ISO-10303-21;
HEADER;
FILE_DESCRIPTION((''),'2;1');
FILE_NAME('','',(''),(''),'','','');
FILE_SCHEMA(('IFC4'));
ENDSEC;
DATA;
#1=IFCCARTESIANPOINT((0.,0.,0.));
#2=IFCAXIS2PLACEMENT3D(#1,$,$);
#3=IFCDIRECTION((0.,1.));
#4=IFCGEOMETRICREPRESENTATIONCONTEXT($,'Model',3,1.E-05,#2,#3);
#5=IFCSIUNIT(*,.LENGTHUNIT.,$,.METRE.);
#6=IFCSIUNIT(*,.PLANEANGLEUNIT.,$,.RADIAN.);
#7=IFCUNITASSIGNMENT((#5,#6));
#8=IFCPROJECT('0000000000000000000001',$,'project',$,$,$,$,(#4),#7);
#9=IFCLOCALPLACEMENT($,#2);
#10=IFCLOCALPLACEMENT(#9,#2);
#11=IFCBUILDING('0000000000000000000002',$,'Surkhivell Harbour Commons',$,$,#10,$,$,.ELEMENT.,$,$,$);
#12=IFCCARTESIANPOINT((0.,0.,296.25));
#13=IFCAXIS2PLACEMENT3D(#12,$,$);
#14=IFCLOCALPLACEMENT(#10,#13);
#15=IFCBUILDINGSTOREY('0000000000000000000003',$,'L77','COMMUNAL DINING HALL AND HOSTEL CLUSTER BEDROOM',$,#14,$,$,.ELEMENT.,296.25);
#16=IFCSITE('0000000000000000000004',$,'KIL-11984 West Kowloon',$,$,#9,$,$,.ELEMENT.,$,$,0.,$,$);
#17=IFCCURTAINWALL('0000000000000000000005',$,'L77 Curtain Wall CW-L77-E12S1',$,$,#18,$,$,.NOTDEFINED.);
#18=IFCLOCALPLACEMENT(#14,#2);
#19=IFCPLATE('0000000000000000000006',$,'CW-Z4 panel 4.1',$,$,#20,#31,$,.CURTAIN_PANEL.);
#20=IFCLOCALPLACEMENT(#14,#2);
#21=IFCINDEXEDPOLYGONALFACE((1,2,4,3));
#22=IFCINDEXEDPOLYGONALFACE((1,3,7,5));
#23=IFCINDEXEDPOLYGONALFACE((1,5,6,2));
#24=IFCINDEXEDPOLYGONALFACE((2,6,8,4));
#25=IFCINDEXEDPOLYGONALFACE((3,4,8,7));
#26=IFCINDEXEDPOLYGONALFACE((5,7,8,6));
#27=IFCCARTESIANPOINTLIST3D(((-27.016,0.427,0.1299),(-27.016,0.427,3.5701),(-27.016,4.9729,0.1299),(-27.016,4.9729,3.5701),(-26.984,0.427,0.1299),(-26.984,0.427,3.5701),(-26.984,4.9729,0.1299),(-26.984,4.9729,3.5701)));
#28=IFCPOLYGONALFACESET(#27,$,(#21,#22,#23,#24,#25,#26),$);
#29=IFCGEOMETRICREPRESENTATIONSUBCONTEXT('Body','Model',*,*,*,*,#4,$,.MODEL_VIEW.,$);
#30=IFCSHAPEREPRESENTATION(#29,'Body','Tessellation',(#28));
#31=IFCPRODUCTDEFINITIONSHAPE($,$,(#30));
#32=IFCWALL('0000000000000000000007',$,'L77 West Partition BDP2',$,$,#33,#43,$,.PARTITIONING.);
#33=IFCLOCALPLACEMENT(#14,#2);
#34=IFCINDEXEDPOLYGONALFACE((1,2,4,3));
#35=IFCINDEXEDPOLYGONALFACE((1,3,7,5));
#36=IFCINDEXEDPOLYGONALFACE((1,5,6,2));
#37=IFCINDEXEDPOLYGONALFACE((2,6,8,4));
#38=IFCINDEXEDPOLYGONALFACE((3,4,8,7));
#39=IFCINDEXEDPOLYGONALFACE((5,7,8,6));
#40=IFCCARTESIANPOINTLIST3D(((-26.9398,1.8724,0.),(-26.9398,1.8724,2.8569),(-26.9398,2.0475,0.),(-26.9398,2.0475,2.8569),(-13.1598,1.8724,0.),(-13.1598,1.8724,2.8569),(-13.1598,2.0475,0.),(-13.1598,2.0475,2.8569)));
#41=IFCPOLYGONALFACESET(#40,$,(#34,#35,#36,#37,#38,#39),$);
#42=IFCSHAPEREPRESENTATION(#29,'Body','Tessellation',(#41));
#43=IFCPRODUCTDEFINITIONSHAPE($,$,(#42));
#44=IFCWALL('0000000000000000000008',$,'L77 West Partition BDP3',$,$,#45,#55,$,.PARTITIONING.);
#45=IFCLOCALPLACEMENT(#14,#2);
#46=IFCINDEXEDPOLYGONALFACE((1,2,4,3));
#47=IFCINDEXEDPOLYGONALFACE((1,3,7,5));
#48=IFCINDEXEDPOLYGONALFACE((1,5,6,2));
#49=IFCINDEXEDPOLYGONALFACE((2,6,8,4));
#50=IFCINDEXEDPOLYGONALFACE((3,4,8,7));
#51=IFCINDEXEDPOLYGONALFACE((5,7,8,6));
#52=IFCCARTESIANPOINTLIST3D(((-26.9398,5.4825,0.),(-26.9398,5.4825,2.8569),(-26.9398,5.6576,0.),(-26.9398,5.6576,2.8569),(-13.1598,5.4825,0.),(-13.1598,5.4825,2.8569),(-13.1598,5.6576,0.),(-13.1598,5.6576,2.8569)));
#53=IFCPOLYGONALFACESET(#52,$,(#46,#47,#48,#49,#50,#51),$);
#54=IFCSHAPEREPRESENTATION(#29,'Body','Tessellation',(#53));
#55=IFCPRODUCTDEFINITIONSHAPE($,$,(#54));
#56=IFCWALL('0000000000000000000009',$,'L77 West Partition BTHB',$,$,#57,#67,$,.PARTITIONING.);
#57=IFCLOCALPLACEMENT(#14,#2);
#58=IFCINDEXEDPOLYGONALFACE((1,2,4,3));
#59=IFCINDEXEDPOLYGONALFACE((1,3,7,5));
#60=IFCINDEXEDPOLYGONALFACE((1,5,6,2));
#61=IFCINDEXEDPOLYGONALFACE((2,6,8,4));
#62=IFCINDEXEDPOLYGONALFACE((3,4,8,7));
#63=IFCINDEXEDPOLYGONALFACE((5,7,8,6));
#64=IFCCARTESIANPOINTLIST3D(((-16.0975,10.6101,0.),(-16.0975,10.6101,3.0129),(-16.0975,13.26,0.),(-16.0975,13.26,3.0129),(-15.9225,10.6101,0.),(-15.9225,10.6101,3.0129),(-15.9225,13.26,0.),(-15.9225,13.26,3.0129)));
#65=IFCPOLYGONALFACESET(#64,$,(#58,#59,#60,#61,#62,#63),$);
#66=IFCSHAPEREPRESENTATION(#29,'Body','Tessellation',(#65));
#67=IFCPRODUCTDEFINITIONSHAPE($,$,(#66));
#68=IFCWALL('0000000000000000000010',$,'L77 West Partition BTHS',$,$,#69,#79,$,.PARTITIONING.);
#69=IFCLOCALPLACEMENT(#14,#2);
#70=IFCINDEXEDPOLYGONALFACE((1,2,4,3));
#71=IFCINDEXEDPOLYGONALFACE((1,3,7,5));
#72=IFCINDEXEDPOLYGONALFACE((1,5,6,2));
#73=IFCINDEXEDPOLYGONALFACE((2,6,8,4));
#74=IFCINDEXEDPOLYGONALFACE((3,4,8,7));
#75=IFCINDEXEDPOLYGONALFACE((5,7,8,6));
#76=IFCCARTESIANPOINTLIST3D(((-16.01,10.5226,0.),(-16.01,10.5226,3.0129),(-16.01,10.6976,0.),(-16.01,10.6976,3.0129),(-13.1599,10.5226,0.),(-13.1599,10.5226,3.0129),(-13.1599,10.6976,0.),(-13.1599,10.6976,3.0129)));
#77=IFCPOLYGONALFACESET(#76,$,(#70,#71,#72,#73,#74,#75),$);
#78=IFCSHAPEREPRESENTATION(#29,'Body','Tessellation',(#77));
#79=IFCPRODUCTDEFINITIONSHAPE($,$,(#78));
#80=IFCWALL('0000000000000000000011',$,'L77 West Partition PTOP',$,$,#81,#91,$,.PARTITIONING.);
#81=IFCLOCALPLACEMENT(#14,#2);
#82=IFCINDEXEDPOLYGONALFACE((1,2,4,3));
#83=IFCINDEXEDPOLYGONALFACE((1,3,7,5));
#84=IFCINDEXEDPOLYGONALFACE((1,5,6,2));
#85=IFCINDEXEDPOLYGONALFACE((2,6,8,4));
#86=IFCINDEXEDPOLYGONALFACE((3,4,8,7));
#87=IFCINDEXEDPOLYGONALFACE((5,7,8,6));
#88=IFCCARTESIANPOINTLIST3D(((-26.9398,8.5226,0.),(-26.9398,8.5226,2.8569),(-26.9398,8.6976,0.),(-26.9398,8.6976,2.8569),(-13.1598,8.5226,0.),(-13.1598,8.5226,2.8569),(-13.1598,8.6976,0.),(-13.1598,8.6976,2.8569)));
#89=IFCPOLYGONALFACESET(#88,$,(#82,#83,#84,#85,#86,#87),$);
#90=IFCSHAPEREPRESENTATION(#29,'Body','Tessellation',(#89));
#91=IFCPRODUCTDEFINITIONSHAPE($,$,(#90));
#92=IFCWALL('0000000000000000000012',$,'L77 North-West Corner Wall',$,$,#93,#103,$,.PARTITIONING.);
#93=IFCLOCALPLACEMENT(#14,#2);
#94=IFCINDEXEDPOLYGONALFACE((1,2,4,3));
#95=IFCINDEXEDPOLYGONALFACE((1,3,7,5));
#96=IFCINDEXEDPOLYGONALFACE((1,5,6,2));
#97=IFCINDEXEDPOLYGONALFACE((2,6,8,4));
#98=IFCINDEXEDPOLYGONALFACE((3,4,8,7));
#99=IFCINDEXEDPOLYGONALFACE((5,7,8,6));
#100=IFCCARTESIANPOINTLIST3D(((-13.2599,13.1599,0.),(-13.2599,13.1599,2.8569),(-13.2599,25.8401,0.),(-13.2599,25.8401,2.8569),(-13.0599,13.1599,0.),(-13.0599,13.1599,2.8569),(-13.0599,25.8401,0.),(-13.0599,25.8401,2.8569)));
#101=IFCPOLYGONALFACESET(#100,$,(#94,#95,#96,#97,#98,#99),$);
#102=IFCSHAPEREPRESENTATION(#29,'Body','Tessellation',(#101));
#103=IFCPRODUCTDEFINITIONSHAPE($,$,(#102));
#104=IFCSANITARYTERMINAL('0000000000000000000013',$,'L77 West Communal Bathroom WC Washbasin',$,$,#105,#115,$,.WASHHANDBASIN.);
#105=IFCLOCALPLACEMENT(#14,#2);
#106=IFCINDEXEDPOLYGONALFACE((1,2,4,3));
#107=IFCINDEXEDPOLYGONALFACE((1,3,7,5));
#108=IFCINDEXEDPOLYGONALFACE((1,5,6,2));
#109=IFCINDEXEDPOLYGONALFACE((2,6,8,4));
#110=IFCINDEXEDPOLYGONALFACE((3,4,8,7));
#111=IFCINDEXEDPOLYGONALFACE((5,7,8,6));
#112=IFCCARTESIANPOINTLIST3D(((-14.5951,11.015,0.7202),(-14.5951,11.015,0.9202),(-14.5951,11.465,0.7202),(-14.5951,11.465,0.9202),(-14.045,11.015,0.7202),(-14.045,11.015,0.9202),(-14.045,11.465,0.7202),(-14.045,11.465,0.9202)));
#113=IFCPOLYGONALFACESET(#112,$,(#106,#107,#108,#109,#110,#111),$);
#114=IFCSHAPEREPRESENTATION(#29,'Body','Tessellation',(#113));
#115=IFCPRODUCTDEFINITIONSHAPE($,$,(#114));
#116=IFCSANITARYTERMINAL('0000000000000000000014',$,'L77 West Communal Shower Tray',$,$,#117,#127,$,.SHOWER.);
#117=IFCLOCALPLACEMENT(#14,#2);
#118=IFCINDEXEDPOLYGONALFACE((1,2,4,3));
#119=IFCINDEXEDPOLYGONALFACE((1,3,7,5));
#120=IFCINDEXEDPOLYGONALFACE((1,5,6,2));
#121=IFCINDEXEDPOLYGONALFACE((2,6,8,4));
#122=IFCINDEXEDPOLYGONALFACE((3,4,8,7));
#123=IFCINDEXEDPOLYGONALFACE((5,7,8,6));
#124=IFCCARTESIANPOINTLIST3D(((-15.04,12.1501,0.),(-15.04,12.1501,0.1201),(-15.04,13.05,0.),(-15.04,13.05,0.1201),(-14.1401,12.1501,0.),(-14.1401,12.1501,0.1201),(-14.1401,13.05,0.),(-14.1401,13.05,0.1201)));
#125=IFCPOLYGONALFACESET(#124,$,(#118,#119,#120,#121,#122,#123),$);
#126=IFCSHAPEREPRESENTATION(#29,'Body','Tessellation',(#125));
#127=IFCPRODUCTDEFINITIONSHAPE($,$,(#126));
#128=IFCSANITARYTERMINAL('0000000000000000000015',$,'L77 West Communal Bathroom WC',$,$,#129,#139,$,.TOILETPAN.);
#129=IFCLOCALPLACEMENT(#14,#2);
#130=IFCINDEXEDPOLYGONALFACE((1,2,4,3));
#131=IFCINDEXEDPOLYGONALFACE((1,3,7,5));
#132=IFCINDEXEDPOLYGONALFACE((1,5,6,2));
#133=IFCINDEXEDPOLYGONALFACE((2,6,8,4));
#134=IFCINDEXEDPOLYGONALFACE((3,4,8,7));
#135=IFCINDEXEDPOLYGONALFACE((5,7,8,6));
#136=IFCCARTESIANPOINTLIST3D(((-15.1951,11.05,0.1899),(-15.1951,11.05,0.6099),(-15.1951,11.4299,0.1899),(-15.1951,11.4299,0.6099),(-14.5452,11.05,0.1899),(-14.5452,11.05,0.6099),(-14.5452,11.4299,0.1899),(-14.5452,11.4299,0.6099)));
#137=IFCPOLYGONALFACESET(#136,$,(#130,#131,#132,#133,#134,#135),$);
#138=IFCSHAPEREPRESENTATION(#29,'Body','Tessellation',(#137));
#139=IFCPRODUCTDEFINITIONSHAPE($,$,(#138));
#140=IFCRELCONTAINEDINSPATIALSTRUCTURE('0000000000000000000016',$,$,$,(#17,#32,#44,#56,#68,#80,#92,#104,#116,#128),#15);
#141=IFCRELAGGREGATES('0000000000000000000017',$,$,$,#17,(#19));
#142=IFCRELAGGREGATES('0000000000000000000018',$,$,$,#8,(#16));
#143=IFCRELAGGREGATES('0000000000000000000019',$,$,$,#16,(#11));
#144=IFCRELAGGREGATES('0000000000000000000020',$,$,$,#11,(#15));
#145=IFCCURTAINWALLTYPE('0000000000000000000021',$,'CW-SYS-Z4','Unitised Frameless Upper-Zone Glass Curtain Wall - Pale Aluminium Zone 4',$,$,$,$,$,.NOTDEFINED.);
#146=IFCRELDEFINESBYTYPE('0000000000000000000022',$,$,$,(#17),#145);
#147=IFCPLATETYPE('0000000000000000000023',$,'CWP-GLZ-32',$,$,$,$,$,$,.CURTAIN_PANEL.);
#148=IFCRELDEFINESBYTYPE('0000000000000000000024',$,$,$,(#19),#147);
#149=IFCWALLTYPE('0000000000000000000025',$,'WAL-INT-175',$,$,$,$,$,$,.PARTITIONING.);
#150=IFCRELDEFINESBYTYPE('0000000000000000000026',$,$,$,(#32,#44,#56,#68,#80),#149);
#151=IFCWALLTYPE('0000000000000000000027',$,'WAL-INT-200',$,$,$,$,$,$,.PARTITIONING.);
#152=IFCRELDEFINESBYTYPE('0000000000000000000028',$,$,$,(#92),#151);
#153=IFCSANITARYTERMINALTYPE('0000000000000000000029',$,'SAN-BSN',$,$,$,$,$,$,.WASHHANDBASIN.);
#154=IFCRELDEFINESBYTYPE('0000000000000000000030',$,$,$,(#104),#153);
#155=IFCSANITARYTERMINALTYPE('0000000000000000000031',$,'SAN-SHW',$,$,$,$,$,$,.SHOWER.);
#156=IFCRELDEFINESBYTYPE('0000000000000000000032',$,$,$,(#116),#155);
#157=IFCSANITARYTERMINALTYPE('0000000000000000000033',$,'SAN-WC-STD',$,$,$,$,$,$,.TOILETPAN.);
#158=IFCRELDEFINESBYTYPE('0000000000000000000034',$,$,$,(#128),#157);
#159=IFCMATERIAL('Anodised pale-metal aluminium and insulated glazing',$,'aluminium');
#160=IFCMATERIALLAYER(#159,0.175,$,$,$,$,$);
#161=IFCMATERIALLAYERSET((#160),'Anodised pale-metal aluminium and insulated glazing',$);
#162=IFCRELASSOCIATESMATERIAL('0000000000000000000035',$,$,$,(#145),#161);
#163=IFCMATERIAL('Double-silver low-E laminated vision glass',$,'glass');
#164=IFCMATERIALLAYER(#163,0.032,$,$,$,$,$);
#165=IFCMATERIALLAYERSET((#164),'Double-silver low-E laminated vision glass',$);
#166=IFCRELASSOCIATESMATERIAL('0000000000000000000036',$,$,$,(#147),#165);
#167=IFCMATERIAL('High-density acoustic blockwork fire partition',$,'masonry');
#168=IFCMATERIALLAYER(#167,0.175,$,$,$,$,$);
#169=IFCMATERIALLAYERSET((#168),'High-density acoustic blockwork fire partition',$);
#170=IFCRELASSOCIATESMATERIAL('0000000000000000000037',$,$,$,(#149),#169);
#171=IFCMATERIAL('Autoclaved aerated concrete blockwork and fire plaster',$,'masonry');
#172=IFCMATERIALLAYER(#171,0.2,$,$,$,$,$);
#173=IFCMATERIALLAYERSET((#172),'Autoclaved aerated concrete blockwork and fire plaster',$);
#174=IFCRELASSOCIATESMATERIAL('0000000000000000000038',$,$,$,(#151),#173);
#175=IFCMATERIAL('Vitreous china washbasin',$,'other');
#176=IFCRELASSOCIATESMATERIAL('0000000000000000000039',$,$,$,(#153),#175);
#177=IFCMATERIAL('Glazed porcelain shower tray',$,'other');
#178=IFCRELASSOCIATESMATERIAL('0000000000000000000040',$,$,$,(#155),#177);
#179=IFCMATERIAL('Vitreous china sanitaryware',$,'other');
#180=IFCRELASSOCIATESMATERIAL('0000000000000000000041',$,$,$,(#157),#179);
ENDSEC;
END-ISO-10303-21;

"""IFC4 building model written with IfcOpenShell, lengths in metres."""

from ifc_helpers import new_model, si_unit, direction, frame, frame_2d, origin, origin_2d, place, context, subcontext, project, spatial, rectangle, extrude, material, layer, layer_set, type_object, element, aggregate, save


model = new_model("IFC4")

# Units and contexts
model_context = context("Model", 3, precision=1e-05, world=origin(), true_north=direction((0.0, 1.0)))
body_context = subcontext(model_context, "Body", "Model", "MODEL_VIEW")
ifc_project = project(units=[si_unit("LENGTHUNIT", "METRE"), si_unit("PLANEANGLEUNIT", "RADIAN")], contexts=[model_context])

# Site, building, storey
site_placement = place(None, origin())
site = spatial("IfcSite", under=ifc_project, at=site_placement, Name="KIL-11984 West Kowloon", CompositionType="ELEMENT", RefElevation=0.0)
building_placement = place(site_placement, origin())
building = spatial("IfcBuilding", under=site, at=building_placement, Name="Surkhivell Harbour Commons", CompositionType="ELEMENT")
storey_placement = place(building_placement, frame((0.0, 0.0, 296.25)))
storey = spatial("IfcBuildingStorey", under=building, at=storey_placement, Name="L77", Description="COMMUNAL DINING HALL AND HOSTEL CLUSTER BEDROOM", CompositionType="ELEMENT", Elevation=296.25)

# Curtain wall, plate
ifc_material_1 = material(Name="Anodised pale-metal aluminium and insulated glazing", Category="aluminium")
ifc_layer_1 = layer(ifc_material_1, 0.175)
ifc_layer_set_1 = layer_set([ifc_layer_1], Name="Anodised pale-metal aluminium and insulated glazing")
curtain_wall_type = type_object("IfcCurtainWallType", Name="CW-SYS-Z4", Description="Unitised Frameless Upper-Zone Glass Curtain Wall - Pale Aluminium Zone 4", PredefinedType="NOTDEFINED", material=ifc_layer_set_1)
curtain_wall_placement = place(storey_placement, origin())
curtain_wall = element("IfcCurtainWall", 1, at=curtain_wall_placement, inside=storey, type_object=curtain_wall_type, Name="L77 Curtain Wall CW-L77-E12S1", PredefinedType="NOTDEFINED")
ifc_material_2 = material(Name="Double-silver low-E laminated vision glass", Category="glass")
ifc_layer_2 = layer(ifc_material_2, 0.032)
ifc_layer_set_2 = layer_set([ifc_layer_2], Name="Double-silver low-E laminated vision glass")
plate_type = type_object("IfcPlateType", Name="CWP-GLZ-32", PredefinedType="CURTAIN_PANEL", material=ifc_layer_set_2)
plate_1_placement = place(storey_placement, frame((-27.0, 4.9729, 0.1299), z_axis=(0.0, 0.0, 1.0), x_axis=(0.0, -1.0, 0.0)))
plate_1 = element("IfcPlate", 2, at=plate_1_placement, type_object=plate_type, Name="CW-Z4 panel 4.1", PredefinedType="CURTAIN_PANEL", context=body_context, shape_type="SweptSolid", body=[
    extrude(rectangle(XDim=4.5459, YDim=0.032, at=frame_2d((2.2729, 0.0))), origin(), (0.0, 0.0, 1.0), 3.4402),
])
aggregate(curtain_wall, [plate_1])

# Walls
ifc_material_3 = material(Name="High-density acoustic blockwork fire partition", Category="masonry")
ifc_layer_3 = layer(ifc_material_3, 0.175)
ifc_layer_set_3 = layer_set([ifc_layer_3], Name="High-density acoustic blockwork fire partition")
wall_type_1 = type_object("IfcWallType", Name="WAL-INT-175", PredefinedType="PARTITIONING", material=ifc_layer_set_3)
for number, where, z_axis, x_axis, name in (
    (3, (-26.9399, 1.96, 0.0), (0.0, 0.0, 1.0), (1.0, 0.0, 0.0), "L77 West Partition BDP2"),
    (4, (-26.9399, 5.5701, 0.0), (0.0, 0.0, 1.0), (1.0, 0.0, 0.0), "L77 West Partition BDP3"),
):
    element("IfcWall", number, at=place(storey_placement, frame(where, z_axis=z_axis, x_axis=x_axis)), inside=storey, type_object=wall_type_1, Name=name, PredefinedType="PARTITIONING", context=body_context, shape_type="SweptSolid", body=[
        extrude(rectangle(XDim=13.78, YDim=0.175, at=frame_2d((6.8901, 0.0))), origin(), (0.0, 0.0, 1.0), 2.8569),
    ])
wall_1_placement = place(storey_placement, frame((-16.01, 10.6101, 0.0), z_axis=(0.0, 0.0, 1.0), x_axis=(0.0, 1.0, 0.0)))
element("IfcWall", 5, at=wall_1_placement, inside=storey, type_object=wall_type_1, Name="L77 West Partition BTHB", PredefinedType="PARTITIONING", context=body_context, shape_type="SweptSolid", body=[
    extrude(rectangle(XDim=2.6499, YDim=0.175, at=frame_2d((1.325, 0.0))), origin(), (0.0, 0.0, 1.0), 3.0129),
])
wall_2_placement = place(storey_placement, frame((-16.01, 10.6101, 0.0), z_axis=(0.0, 0.0, 1.0), x_axis=(1.0, 0.0, 0.0)))
element("IfcWall", 6, at=wall_2_placement, inside=storey, type_object=wall_type_1, Name="L77 West Partition BTHS", PredefinedType="PARTITIONING", context=body_context, shape_type="SweptSolid", body=[
    extrude(rectangle(XDim=2.8501, YDim=0.175, at=frame_2d((1.425, 0.0))), origin(), (0.0, 0.0, 1.0), 3.0129),
])
wall_3_placement = place(storey_placement, frame((-26.9399, 8.6101, 0.0), z_axis=(0.0, 0.0, 1.0), x_axis=(1.0, 0.0, 0.0)))
element("IfcWall", 7, at=wall_3_placement, inside=storey, type_object=wall_type_1, Name="L77 West Partition PTOP", PredefinedType="PARTITIONING", context=body_context, shape_type="SweptSolid", body=[
    extrude(rectangle(XDim=13.78, YDim=0.175, at=frame_2d((6.8901, 0.0))), origin(), (0.0, 0.0, 1.0), 2.8569),
])
ifc_material_4 = material(Name="Autoclaved aerated concrete blockwork and fire plaster", Category="masonry")
ifc_layer_4 = layer(ifc_material_4, 0.2)
ifc_layer_set_4 = layer_set([ifc_layer_4], Name="Autoclaved aerated concrete blockwork and fire plaster")
wall_type_2 = type_object("IfcWallType", Name="WAL-INT-200", PredefinedType="PARTITIONING", material=ifc_layer_set_4)
wall_4_placement = place(storey_placement, frame((-13.1599, 13.1599, 0.0), z_axis=(0.0, 0.0, 1.0), x_axis=(0.0, 1.0, 0.0)))
element("IfcWall", 8, at=wall_4_placement, inside=storey, type_object=wall_type_2, Name="L77 North-West Corner Wall", PredefinedType="PARTITIONING", context=body_context, shape_type="SweptSolid", body=[
    extrude(rectangle(XDim=12.6802, YDim=0.2, at=frame_2d((6.3401, 0.0))), origin(), (0.0, 0.0, 1.0), 2.8569),
])

# Sanitary terminals
ifc_material_5 = material(Name="Vitreous china washbasin", Category="other")
sanitary_terminal_type_1 = type_object("IfcSanitaryTerminalType", Name="SAN-BSN", PredefinedType="WASHHANDBASIN", material=ifc_material_5)
sanitary_terminal_1_placement = place(storey_placement, frame((-14.3201, 11.24, 0.7202), z_axis=(0.0, 0.0, 1.0), x_axis=(1.0, 0.0, 0.0)))
element("IfcSanitaryTerminal", 9, at=sanitary_terminal_1_placement, inside=storey, type_object=sanitary_terminal_type_1, Name="L77 West Communal Bathroom WC Washbasin", PredefinedType="WASHHANDBASIN", context=body_context, shape_type="SweptSolid", body=[
    extrude(rectangle(XDim=0.55, YDim=0.45, at=origin_2d()), origin(), (0.0, 0.0, 1.0), 0.2),
])
ifc_material_6 = material(Name="Glazed porcelain shower tray", Category="other")
sanitary_terminal_type_2 = type_object("IfcSanitaryTerminalType", Name="SAN-SHW", PredefinedType="SHOWER", material=ifc_material_6)
sanitary_terminal_2_placement = place(storey_placement, frame((-14.5901, 12.6001, 0.0), z_axis=(0.0, 0.0, 1.0), x_axis=(1.0, 0.0, 0.0)))
element("IfcSanitaryTerminal", 10, at=sanitary_terminal_2_placement, inside=storey, type_object=sanitary_terminal_type_2, Name="L77 West Communal Shower Tray", PredefinedType="SHOWER", context=body_context, shape_type="SweptSolid", body=[
    extrude(rectangle(XDim=0.8999, YDim=0.8999, at=origin_2d()), origin(), (0.0, 0.0, 1.0), 0.1201),
])
ifc_material_7 = material(Name="Vitreous china sanitaryware", Category="other")
sanitary_terminal_type_3 = type_object("IfcSanitaryTerminalType", Name="SAN-WC-STD", PredefinedType="TOILETPAN", material=ifc_material_7)
sanitary_terminal_3_placement = place(storey_placement, frame((-14.8701, 11.24, 0.1899), z_axis=(0.0, 0.0, 1.0), x_axis=(1.0, 0.0, 0.0)))
element("IfcSanitaryTerminal", 11, at=sanitary_terminal_3_placement, inside=storey, type_object=sanitary_terminal_type_3, Name="L77 West Communal Bathroom WC", PredefinedType="TOILETPAN", context=body_context, shape_type="SweptSolid", body=[
    extrude(rectangle(XDim=0.6499, YDim=0.3799, at=origin_2d()), origin(), (0.0, 0.0, 1.0), 0.4199),
])

save(model, "model.ifc")
